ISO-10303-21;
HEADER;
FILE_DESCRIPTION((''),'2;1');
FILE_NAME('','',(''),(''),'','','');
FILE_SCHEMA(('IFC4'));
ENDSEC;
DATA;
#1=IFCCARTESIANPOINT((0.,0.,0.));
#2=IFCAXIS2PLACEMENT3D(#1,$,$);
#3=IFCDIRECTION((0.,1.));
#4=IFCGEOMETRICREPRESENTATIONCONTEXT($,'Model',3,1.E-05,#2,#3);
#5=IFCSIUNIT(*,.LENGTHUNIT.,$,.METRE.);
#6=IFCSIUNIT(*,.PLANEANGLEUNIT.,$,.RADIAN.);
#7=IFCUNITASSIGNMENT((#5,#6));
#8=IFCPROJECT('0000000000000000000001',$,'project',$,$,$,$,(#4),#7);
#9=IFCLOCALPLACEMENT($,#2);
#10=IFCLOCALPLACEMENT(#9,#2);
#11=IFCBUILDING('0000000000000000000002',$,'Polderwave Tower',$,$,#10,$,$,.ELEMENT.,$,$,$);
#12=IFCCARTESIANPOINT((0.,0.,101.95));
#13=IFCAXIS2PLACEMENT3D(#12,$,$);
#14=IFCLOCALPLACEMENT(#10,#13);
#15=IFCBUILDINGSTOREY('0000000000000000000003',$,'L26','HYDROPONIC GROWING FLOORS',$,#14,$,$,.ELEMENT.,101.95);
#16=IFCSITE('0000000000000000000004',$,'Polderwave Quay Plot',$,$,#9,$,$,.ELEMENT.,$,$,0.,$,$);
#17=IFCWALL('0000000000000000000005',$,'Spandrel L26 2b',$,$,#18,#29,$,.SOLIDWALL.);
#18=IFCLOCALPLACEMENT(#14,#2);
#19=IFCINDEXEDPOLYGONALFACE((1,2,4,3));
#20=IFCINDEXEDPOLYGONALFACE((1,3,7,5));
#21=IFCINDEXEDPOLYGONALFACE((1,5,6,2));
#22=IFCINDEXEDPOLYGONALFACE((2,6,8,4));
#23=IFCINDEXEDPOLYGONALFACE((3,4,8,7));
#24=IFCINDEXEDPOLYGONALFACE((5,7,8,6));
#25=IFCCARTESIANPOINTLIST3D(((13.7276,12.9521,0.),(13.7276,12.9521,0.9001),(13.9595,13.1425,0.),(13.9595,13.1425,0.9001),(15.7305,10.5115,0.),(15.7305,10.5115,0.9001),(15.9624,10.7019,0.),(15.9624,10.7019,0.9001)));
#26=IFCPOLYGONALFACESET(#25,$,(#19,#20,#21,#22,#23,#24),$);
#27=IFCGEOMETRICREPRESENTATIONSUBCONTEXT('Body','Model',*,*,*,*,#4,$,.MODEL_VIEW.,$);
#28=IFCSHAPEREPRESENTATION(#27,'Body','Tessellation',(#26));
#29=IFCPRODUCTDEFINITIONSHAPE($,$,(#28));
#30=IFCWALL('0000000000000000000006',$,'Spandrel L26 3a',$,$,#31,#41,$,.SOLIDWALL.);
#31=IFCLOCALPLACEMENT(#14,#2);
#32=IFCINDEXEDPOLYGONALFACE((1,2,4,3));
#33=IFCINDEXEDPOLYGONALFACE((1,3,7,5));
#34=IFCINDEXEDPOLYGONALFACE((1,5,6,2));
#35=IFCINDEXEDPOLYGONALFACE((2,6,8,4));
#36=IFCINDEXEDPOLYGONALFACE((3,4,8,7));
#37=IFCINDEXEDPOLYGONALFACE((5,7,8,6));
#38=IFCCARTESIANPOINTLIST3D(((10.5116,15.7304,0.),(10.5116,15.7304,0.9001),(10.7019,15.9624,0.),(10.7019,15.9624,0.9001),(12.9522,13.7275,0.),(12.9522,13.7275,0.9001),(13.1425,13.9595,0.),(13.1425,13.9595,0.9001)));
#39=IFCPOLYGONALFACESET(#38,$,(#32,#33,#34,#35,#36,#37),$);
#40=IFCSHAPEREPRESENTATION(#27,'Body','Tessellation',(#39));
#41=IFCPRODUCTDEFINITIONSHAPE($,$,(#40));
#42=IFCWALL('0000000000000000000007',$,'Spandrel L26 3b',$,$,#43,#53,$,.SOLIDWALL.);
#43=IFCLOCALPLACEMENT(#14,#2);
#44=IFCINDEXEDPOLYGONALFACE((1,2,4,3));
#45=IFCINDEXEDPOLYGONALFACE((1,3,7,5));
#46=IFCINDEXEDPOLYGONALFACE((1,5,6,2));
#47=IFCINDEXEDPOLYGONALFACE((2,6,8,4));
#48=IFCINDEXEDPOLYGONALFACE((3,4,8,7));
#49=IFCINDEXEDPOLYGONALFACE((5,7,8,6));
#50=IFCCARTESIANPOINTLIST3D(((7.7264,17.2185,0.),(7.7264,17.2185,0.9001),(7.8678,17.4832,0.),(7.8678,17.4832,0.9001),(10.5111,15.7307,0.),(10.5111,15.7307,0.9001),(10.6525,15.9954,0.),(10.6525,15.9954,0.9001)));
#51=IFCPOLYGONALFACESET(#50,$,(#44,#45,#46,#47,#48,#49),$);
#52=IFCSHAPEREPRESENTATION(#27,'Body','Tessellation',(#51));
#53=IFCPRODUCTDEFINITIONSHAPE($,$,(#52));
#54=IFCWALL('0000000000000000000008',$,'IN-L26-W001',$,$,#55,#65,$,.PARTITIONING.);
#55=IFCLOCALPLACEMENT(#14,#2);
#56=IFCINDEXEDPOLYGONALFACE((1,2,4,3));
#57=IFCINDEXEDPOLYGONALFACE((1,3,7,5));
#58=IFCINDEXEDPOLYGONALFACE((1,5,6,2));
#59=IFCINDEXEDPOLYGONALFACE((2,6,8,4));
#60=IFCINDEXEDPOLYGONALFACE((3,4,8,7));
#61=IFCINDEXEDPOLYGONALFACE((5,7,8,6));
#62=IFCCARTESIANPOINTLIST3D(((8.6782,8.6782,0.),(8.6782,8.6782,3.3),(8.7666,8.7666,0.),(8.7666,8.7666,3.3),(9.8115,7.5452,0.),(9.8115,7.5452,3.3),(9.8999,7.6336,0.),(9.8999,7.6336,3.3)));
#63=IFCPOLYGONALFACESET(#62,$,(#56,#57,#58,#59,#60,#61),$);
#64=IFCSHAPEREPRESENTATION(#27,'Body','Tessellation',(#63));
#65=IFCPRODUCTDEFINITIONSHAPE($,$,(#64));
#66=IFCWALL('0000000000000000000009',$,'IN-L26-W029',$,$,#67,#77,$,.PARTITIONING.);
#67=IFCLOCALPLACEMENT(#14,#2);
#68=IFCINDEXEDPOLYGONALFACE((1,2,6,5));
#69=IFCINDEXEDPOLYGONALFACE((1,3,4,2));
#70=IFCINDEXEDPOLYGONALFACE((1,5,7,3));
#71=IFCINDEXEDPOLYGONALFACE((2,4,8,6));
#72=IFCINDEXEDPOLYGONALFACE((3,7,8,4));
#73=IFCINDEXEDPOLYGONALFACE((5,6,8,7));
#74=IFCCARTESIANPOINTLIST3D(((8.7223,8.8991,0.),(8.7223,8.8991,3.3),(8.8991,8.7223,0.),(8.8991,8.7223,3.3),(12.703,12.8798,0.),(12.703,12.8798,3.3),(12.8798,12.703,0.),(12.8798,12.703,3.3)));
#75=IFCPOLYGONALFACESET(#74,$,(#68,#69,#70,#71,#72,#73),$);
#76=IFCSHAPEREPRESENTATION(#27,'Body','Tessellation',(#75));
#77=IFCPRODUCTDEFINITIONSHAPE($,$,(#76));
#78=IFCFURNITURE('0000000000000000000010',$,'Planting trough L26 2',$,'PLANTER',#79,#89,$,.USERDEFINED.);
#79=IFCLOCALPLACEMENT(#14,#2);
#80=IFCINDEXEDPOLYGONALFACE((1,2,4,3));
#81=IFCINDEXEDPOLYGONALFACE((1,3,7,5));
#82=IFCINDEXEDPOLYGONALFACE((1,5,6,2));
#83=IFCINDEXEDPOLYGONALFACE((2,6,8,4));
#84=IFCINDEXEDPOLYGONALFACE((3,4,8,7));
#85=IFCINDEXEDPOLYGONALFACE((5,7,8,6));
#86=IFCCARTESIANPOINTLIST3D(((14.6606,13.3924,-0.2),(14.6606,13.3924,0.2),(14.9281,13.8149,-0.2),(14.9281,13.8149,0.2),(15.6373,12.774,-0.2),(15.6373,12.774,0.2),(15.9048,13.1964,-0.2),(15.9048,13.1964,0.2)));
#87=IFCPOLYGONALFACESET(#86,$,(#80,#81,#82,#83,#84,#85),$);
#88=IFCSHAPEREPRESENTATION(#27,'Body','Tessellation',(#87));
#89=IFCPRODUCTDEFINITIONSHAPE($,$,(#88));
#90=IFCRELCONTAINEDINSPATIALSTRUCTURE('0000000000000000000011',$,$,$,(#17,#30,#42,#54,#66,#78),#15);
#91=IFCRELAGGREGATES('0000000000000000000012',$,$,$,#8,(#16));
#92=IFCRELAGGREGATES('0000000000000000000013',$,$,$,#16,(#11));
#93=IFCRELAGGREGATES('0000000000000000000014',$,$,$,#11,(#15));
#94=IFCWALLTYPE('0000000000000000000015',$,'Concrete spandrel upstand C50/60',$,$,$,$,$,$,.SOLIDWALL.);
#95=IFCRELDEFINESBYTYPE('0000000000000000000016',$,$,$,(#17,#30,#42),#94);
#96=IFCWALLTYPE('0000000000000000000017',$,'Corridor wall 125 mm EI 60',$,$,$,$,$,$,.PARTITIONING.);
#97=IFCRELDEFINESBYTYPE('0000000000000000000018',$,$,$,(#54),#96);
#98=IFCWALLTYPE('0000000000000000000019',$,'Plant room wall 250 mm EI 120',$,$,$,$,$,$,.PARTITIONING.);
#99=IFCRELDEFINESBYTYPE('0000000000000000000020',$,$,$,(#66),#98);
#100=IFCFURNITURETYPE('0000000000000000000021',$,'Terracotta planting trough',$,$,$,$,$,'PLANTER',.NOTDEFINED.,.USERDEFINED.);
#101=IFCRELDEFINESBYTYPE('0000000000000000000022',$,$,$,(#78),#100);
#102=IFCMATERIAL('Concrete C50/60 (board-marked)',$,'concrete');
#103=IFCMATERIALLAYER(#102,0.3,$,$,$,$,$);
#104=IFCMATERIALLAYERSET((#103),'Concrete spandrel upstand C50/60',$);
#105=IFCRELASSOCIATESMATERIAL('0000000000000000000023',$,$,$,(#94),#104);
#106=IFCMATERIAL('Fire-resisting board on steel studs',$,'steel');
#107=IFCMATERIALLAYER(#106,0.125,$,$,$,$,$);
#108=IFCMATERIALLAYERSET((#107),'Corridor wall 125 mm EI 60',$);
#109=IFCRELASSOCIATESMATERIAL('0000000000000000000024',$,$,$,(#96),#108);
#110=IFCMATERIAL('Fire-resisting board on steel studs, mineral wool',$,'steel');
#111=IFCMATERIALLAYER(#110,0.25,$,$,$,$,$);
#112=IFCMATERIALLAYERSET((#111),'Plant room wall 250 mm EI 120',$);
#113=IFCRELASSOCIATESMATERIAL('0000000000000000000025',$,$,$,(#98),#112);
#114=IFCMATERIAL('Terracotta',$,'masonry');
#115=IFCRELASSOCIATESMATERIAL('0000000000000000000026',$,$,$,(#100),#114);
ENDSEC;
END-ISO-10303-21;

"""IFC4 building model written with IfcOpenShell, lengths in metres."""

from ifc_helpers import new_model, si_unit, direction, frame, frame_2d, origin, origin_2d, place, context, subcontext, project, spatial, rectangle, extrude, material, layer, layer_set, type_object, element, save


model = new_model("IFC4")

# Units and contexts
model_context = context("Model", 3, precision=1e-05, world=origin(), true_north=direction((0.0, 1.0)))
body_context = subcontext(model_context, "Body", "Model", "MODEL_VIEW")
ifc_project = project(units=[si_unit("LENGTHUNIT", "METRE"), si_unit("PLANEANGLEUNIT", "RADIAN")], contexts=[model_context])

# Site, building, storey
site_placement = place(None, origin())
site = spatial("IfcSite", under=ifc_project, at=site_placement, Name="Polderwave Quay Plot", CompositionType="ELEMENT", RefElevation=0.0)
building_placement = place(site_placement, origin())
building = spatial("IfcBuilding", under=site, at=building_placement, Name="Polderwave Tower", CompositionType="ELEMENT")
storey_placement = place(building_placement, frame((0.0, 0.0, 101.95)))
storey = spatial("IfcBuildingStorey", under=building, at=storey_placement, Name="L26", Description="HYDROPONIC GROWING FLOORS", CompositionType="ELEMENT", Elevation=101.95)

# Walls
ifc_material_1 = material(Name="Concrete C50/60 (board-marked)", Category="concrete")
ifc_layer_1 = layer(ifc_material_1, 0.3)
ifc_layer_set_1 = layer_set([ifc_layer_1], Name="Concrete spandrel upstand C50/60")
wall_type_1 = type_object("IfcWallType", Name="Concrete spandrel upstand C50/60", PredefinedType="SOLIDWALL", material=ifc_layer_set_1)
for number, where, z_axis, x_axis, name in (
    (1, (15.8464, 10.6067, 0.0), (0.0, 0.0, 1.0), (-0.634378, 0.773023, 0.0), "Spandrel L26 2b"),
    (2, (13.0474, 13.8435, 0.0), (0.0, 0.0, 1.0), (-0.773023, 0.634378, 0.0), "Spandrel L26 3a"),
    (3, (10.5818, 15.863, 0.0), (0.0, 0.0, 1.0), (-0.882006, 0.471238, 0.0), "Spandrel L26 3b"),
):
    element("IfcWall", number, at=place(storey_placement, frame(where, z_axis=z_axis, x_axis=x_axis)), inside=storey, type_object=wall_type_1, Name=name, PredefinedType="SOLIDWALL", context=body_context, shape_type="SweptSolid", body=[
        extrude(rectangle(XDim=3.1572, YDim=0.3, at=frame_2d((1.5786, 0.0))), origin(), (0.0, 0.0, 1.0), 0.9001),
    ])
ifc_material_2 = material(Name="Fire-resisting board on steel studs", Category="steel")
ifc_layer_2 = layer(ifc_material_2, 0.125)
ifc_layer_set_2 = layer_set([ifc_layer_2], Name="Corridor wall 125 mm EI 60")
wall_type_2 = type_object("IfcWallType", Name="Corridor wall 125 mm EI 60", PredefinedType="PARTITIONING", material=ifc_layer_set_2)
wall_1_placement = place(storey_placement, frame((8.7224, 8.7224, 0.0), z_axis=(0.0, 0.0, 1.0), x_axis=(0.707183, -0.707031, 0.0)))
element("IfcWall", 4, at=wall_1_placement, inside=storey, type_object=wall_type_2, Name="IN-L26-W001", PredefinedType="PARTITIONING", context=body_context, shape_type="SweptSolid", body=[
    extrude(rectangle(XDim=1.6025, YDim=0.125, at=frame_2d((0.8013, 0.0))), origin(), (0.0, 0.0, 1.0), 3.3),
])
ifc_material_3 = material(Name="Fire-resisting board on steel studs, mineral wool", Category="steel")
ifc_layer_3 = layer(ifc_material_3, 0.25)
ifc_layer_set_3 = layer_set([ifc_layer_3], Name="Plant room wall 250 mm EI 120")
wall_type_3 = type_object("IfcWallType", Name="Plant room wall 250 mm EI 120", PredefinedType="PARTITIONING", material=ifc_layer_set_3)
wall_2_placement = place(storey_placement, frame((12.7915, 12.7915, 0.0), z_axis=(0.0, 0.0, 1.0), x_axis=(-0.707107, -0.707107, 0.0)))
element("IfcWall", 5, at=wall_2_placement, inside=storey, type_object=wall_type_3, Name="IN-L26-W029", PredefinedType="PARTITIONING", context=body_context, shape_type="SweptSolid", body=[
    extrude(rectangle(XDim=5.6296, YDim=0.25, at=frame_2d((2.8149, 0.0))), origin(), (0.0, 0.0, 1.0), 3.3),
])

# Furniture
ifc_material_4 = material(Name="Terracotta", Category="masonry")
furniture_type = type_object("IfcFurnitureType", Name="Terracotta planting trough", ElementType="PLANTER", AssemblyPlace="NOTDEFINED", PredefinedType="USERDEFINED", material=ifc_material_4)
furniture_placement = place(storey_placement, frame((15.2827, 13.2944, -0.2), z_axis=(0.0, 0.0, 1.0), x_axis=(-0.844867, 0.534976, 0.0)))
element("IfcFurniture", 6, at=furniture_placement, inside=storey, type_object=furniture_type, Name="Planting trough L26 2", ObjectType="PLANTER", PredefinedType="USERDEFINED", context=body_context, shape_type="SweptSolid", body=[
    extrude(rectangle(XDim=1.156, YDim=0.5, at=origin_2d()), origin(), (0.0, 0.0, 1.0), 0.3999),
])

save(model, "model.ifc")
